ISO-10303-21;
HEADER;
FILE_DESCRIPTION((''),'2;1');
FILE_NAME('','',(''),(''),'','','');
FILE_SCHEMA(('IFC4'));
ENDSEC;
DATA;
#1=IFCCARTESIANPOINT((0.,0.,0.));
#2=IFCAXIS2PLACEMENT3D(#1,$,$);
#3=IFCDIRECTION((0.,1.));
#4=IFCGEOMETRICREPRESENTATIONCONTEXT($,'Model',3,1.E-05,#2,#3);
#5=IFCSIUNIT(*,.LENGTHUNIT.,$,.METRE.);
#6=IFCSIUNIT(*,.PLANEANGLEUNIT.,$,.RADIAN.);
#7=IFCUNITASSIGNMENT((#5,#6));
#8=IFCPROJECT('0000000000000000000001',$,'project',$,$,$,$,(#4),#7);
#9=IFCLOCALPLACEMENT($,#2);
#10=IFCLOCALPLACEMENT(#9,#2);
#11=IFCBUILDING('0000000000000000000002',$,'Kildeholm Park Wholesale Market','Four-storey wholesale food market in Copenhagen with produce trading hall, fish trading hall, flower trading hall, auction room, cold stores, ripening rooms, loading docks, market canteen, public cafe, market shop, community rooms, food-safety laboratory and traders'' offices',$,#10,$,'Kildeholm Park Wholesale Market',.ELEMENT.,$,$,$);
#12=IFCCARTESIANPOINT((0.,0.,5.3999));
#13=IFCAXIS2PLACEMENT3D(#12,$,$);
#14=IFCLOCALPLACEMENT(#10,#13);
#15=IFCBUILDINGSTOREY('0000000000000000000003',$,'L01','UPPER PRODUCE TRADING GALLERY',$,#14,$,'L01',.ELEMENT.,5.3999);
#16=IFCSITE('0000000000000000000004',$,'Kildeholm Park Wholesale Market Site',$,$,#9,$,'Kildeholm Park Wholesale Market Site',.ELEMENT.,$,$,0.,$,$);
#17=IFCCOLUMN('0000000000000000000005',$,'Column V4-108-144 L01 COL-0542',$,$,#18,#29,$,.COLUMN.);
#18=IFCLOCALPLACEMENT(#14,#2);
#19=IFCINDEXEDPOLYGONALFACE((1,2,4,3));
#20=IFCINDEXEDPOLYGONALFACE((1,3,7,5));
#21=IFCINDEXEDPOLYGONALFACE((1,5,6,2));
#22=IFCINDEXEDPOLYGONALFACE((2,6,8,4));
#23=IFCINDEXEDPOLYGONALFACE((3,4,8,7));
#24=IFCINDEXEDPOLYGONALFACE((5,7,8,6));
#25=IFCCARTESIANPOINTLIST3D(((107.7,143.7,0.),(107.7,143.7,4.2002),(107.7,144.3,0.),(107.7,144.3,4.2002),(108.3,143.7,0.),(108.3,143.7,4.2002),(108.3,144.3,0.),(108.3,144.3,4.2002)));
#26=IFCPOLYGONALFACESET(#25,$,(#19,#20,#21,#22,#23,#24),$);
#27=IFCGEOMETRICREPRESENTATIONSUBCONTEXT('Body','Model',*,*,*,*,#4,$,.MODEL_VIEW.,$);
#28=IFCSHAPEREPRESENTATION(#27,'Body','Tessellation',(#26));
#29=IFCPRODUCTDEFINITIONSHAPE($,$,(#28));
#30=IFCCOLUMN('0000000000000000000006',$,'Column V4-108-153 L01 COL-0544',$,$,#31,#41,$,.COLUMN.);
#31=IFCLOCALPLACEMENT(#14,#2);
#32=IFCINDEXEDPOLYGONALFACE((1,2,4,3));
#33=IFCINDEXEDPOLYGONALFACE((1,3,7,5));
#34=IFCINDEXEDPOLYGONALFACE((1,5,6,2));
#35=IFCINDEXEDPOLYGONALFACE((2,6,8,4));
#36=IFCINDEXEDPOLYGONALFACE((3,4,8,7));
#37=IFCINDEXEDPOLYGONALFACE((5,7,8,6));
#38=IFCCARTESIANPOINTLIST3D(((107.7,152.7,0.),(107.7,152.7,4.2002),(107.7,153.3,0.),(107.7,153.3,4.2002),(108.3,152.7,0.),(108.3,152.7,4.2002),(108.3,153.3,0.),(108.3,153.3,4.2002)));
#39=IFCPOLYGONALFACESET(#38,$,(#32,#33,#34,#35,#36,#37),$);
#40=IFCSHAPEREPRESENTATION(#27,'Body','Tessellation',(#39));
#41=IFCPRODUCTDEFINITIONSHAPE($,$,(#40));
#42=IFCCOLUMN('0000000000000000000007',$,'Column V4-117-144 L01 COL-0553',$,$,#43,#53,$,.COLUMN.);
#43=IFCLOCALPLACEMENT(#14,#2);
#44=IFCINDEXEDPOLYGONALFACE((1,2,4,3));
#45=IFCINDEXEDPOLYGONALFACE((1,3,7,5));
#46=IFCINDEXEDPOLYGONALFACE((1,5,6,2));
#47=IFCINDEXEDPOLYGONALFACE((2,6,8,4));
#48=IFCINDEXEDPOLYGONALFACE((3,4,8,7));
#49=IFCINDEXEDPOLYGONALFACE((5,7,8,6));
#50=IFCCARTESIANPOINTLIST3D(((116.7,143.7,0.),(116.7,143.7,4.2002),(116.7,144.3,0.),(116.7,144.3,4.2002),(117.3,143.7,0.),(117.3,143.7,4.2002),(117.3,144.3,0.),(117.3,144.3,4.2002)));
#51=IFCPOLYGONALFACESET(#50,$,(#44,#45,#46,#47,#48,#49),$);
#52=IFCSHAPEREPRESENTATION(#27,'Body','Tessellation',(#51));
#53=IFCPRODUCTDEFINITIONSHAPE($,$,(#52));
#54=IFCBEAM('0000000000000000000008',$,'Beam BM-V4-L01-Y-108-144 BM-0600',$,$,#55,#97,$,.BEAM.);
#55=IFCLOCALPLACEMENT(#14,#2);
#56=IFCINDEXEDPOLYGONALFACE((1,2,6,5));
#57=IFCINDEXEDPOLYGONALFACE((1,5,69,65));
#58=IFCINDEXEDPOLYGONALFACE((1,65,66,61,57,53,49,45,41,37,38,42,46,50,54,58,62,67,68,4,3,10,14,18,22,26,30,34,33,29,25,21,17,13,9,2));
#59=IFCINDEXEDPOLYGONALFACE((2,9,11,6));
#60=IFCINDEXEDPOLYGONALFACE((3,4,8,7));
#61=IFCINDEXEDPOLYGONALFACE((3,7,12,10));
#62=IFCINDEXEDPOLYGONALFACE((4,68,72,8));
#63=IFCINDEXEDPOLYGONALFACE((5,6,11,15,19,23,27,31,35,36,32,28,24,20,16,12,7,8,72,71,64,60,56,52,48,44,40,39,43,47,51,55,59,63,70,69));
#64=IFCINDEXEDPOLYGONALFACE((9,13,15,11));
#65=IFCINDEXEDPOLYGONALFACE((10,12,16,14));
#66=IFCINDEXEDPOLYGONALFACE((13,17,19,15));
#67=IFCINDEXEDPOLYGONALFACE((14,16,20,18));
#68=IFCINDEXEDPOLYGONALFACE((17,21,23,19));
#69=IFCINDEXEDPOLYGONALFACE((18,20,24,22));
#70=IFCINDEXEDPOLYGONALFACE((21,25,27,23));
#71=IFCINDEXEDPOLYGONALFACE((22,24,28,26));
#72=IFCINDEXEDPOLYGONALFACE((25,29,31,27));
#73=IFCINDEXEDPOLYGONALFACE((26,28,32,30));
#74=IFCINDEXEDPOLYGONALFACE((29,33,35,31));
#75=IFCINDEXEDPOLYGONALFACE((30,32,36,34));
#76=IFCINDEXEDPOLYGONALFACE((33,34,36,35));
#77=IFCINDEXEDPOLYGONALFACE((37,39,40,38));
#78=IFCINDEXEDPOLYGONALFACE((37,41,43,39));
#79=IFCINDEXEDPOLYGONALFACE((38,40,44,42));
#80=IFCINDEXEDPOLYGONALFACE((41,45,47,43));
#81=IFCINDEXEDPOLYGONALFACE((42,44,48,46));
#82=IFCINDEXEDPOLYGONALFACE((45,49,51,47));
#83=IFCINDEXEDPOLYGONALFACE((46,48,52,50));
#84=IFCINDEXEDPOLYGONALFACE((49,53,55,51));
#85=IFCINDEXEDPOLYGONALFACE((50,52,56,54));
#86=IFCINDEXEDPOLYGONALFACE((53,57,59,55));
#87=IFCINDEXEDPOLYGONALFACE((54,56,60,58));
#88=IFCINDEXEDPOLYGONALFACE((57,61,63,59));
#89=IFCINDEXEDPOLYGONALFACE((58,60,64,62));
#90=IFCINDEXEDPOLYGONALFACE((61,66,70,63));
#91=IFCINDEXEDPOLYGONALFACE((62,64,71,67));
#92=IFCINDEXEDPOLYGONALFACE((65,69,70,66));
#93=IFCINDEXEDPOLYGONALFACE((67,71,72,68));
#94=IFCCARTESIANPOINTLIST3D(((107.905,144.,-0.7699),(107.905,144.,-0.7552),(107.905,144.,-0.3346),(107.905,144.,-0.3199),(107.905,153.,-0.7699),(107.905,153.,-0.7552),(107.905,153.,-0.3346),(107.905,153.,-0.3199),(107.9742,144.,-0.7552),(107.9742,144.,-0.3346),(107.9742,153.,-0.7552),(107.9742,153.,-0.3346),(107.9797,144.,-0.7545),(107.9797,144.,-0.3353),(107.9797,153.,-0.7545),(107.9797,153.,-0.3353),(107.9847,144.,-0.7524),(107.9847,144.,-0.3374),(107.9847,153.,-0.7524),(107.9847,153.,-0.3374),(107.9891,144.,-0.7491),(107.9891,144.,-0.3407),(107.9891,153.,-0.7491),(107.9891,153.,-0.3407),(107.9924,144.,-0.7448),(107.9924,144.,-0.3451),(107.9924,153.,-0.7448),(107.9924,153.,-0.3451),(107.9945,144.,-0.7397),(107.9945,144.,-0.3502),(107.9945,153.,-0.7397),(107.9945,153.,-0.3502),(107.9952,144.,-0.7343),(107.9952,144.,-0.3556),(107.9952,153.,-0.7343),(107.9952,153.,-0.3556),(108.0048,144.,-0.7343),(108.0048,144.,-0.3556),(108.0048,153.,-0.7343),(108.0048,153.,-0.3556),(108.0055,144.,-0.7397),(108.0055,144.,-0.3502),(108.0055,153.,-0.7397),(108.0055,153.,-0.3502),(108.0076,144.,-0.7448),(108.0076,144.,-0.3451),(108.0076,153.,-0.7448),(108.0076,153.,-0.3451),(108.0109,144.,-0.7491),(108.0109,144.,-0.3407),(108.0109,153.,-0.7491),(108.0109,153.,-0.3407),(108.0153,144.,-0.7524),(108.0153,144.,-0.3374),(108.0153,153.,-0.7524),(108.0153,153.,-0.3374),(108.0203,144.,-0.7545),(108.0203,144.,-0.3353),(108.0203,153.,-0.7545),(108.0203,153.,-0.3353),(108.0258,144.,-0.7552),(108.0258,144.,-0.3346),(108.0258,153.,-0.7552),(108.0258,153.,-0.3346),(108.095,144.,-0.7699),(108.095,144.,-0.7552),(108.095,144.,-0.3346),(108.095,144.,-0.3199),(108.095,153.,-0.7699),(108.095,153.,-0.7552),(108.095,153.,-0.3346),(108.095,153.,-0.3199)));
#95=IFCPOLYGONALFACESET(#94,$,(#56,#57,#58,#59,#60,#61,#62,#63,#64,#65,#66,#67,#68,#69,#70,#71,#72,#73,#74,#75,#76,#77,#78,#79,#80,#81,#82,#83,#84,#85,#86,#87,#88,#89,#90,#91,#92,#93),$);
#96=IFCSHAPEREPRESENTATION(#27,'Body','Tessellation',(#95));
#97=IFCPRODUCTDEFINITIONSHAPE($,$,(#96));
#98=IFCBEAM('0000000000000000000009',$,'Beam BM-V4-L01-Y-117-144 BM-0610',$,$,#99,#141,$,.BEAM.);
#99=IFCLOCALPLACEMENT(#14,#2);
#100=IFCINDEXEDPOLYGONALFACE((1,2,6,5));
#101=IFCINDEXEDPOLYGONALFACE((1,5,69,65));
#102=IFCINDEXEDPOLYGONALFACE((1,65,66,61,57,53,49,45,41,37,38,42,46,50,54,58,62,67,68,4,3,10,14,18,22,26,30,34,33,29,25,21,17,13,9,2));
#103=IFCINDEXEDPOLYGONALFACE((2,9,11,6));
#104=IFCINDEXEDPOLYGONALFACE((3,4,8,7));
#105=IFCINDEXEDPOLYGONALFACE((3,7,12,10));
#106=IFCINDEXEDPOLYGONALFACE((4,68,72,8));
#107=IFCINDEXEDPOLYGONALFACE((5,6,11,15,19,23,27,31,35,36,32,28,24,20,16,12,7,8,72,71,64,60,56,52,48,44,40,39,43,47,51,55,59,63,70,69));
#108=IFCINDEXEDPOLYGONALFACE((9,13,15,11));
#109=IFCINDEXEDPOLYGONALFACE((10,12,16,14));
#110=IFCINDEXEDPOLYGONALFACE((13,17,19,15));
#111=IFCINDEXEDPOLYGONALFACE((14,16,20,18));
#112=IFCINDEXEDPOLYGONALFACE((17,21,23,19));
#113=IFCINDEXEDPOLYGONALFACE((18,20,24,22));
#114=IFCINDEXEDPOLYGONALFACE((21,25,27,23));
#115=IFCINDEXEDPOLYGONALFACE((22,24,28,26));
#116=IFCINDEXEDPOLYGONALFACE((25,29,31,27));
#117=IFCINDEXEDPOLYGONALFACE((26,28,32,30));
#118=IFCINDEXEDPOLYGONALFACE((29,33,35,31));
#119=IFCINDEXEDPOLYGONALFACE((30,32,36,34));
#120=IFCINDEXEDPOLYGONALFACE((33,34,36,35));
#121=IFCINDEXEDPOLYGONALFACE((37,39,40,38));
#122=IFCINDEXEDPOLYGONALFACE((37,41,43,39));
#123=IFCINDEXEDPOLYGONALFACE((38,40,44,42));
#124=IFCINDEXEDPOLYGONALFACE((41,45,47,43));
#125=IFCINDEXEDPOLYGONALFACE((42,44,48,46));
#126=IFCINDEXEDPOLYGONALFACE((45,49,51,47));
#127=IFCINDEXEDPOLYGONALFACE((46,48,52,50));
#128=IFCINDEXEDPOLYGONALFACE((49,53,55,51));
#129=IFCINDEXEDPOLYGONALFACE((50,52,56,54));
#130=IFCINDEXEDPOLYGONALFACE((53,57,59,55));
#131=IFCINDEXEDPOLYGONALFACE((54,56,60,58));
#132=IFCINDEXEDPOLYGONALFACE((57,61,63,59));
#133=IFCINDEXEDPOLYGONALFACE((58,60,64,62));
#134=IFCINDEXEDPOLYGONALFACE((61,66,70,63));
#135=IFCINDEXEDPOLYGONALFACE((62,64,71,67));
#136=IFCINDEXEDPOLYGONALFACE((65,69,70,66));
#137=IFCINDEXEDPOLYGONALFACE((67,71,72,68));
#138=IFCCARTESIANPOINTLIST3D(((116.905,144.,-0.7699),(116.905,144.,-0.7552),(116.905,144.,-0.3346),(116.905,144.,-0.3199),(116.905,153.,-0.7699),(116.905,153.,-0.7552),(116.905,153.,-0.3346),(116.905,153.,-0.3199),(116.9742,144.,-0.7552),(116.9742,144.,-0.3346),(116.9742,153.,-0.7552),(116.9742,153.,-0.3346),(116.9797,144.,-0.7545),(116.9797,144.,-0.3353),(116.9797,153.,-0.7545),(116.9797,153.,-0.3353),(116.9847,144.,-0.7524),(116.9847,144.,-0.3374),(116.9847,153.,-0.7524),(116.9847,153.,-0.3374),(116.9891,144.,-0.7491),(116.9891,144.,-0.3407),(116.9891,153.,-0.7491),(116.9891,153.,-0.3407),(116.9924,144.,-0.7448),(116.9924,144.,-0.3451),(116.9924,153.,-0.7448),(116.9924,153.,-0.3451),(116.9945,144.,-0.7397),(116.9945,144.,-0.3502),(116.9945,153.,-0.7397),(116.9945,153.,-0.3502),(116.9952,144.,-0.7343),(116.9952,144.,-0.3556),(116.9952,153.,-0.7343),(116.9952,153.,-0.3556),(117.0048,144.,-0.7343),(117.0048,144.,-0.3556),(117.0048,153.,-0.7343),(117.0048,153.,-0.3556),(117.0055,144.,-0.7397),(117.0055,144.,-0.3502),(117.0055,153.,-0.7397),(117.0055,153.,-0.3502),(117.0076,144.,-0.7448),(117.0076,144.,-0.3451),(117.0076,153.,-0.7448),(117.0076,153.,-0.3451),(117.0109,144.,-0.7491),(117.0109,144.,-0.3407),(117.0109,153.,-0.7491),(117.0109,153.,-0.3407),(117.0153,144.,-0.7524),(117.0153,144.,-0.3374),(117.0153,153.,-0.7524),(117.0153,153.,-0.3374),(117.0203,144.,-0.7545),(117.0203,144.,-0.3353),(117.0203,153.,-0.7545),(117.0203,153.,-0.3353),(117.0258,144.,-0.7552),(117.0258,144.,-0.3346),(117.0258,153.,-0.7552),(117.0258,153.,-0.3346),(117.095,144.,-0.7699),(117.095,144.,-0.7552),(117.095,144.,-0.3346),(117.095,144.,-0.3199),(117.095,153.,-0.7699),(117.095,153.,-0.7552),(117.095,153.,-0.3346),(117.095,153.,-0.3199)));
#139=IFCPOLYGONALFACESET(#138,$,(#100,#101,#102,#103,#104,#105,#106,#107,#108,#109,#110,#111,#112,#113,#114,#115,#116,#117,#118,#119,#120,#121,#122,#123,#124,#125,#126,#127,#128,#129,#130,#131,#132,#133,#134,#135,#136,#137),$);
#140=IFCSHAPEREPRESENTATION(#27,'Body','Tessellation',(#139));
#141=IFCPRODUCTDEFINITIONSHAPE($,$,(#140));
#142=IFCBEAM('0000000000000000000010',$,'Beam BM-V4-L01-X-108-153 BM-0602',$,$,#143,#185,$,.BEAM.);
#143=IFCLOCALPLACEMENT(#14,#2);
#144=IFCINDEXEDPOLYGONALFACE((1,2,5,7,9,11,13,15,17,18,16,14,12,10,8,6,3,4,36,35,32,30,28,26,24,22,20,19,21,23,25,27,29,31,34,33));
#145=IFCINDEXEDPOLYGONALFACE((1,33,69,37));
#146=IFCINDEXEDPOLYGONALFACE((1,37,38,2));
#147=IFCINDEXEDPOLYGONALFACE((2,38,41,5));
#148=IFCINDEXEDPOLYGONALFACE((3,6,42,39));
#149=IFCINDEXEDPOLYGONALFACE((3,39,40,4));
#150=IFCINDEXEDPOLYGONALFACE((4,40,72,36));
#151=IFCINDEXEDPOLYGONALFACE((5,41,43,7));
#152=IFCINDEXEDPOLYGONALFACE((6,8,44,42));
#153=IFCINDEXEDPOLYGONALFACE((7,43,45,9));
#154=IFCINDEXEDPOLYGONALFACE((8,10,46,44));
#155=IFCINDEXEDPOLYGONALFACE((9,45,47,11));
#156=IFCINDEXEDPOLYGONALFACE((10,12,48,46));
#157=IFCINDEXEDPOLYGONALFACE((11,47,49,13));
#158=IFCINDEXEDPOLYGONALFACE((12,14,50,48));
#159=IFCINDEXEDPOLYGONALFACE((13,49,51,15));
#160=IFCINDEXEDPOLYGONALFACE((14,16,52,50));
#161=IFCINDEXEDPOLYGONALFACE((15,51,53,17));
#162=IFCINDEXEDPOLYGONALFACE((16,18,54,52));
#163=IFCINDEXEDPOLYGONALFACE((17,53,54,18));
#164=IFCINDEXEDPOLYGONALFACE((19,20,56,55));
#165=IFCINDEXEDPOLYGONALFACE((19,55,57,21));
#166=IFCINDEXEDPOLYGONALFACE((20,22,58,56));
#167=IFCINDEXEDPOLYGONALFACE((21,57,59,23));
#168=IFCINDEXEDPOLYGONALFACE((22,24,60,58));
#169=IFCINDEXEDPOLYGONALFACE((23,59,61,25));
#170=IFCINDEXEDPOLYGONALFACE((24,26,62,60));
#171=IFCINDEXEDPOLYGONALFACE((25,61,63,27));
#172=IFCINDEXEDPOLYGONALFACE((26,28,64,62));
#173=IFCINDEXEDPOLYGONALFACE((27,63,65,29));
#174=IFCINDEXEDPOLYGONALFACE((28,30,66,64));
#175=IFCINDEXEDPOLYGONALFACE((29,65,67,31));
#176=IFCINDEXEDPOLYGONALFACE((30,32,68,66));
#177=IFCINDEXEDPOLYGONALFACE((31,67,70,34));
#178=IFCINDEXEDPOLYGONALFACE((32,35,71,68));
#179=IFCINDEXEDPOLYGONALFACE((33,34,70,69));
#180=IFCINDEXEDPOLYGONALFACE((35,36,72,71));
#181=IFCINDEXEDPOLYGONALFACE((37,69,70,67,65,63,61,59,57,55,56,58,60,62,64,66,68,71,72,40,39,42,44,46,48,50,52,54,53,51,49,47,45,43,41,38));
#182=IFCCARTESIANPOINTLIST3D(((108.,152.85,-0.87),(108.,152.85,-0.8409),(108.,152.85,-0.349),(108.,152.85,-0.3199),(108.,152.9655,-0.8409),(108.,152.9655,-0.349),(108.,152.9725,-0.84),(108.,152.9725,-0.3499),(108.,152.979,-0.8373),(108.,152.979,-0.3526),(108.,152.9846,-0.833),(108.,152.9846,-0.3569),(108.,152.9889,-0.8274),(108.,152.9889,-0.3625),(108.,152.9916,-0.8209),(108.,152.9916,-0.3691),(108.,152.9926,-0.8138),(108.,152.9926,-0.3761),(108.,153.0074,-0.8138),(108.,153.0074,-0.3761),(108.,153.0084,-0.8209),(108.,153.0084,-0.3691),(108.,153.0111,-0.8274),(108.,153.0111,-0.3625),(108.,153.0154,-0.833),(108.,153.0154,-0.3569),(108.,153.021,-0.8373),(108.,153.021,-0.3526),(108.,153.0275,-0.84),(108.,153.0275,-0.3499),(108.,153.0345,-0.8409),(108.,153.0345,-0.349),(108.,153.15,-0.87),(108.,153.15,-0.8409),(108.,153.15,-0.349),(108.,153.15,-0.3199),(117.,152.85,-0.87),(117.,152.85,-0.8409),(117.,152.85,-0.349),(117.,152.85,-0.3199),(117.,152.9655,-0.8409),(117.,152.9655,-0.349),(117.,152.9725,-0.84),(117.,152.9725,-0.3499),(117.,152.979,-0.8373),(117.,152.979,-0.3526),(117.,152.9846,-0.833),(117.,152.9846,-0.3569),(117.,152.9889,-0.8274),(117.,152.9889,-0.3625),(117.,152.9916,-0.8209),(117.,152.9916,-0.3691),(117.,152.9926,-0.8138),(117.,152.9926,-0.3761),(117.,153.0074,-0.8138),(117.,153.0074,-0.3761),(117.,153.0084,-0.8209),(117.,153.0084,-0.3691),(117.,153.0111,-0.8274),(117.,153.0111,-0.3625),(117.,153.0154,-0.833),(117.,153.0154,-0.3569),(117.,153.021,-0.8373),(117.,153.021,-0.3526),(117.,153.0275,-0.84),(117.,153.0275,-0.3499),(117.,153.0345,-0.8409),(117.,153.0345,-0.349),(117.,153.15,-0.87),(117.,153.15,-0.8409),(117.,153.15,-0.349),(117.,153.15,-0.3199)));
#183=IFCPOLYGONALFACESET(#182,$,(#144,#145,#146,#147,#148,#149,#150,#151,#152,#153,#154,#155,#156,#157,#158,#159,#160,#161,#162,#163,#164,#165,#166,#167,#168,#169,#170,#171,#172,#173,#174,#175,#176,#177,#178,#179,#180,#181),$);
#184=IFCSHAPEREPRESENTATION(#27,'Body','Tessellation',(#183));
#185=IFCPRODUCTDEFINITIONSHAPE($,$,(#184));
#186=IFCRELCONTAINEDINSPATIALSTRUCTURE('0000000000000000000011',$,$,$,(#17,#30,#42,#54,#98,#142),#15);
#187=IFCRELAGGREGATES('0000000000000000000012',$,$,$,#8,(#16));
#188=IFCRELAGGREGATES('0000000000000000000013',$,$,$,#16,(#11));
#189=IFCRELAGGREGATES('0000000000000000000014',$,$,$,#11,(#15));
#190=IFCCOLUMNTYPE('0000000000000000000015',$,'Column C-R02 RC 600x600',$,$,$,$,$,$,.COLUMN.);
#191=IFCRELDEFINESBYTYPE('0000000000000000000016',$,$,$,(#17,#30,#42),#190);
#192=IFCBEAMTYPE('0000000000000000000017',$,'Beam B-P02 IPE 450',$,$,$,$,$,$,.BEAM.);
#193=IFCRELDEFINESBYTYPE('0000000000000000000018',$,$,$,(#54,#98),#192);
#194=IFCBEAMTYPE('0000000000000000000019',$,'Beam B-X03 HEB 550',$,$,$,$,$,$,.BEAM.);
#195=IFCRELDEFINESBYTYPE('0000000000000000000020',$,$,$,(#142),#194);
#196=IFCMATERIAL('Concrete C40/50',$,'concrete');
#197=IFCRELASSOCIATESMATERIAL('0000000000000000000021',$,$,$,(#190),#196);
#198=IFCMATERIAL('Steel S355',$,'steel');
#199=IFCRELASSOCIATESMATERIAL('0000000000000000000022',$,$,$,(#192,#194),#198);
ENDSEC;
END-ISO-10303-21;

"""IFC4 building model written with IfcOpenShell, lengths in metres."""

from ifc_helpers import new_model, si_unit, direction, frame, origin, origin_2d, place, context, subcontext, project, spatial, rectangle, i_section, extrude, material, material_profile, profile_set, type_object, element, save


model = new_model("IFC4")

# Units and contexts
model_context = context("Model", 3, precision=1e-05, world=origin(), true_north=direction((0.0, 1.0)))
body_context = subcontext(model_context, "Body", "Model", "MODEL_VIEW")
ifc_project = project(units=[si_unit("LENGTHUNIT", "METRE"), si_unit("PLANEANGLEUNIT", "RADIAN")], contexts=[model_context])

# Site, building, storey
site_placement = place(None, origin())
site = spatial("IfcSite", under=ifc_project, at=site_placement, Name="Kildeholm Park Wholesale Market Site", LongName="Kildeholm Park Wholesale Market Site", CompositionType="ELEMENT", RefElevation=0.0)
building_placement = place(site_placement, origin())
building = spatial("IfcBuilding", under=site, at=building_placement, Name="Kildeholm Park Wholesale Market", Description="Four-storey wholesale food market in Copenhagen with produce trading hall, fish trading hall, flower trading hall, auction room, cold stores, ripening rooms, loading docks, market canteen, public cafe, market shop, community rooms, food-safety laboratory and traders' offices", LongName="Kildeholm Park Wholesale Market", CompositionType="ELEMENT")
storey_placement = place(building_placement, frame((0.0, 0.0, 5.3999)))
storey = spatial("IfcBuildingStorey", under=building, at=storey_placement, Name="L01", Description="UPPER PRODUCE TRADING GALLERY", LongName="L01", CompositionType="ELEMENT", Elevation=5.3999)

# Columns
ifc_material_1 = material(Name="Concrete C40/50", Category="concrete")
ifc_material_profile_1 = material_profile(ifc_material_1, rectangle(XDim=0.6001, YDim=0.6001, at=origin_2d()), Name="RC 600x600")
ifc_profile_set_1 = profile_set([ifc_material_profile_1], Name="Concrete C40/50")
column_type = type_object("IfcColumnType", Name="Column C-R02 RC 600x600", PredefinedType="COLUMN", material=ifc_profile_set_1)
for number, where, z_axis, x_axis, name in (
    (1, (108.0, 144.0, 0.0), (0.0, 0.0, 1.0), (1.0, 0.0, 0.0), "Column V4-108-144 L01 COL-0542"),
    (2, (108.0, 153.0, 0.0), (0.0, 0.0, 1.0), (1.0, 0.0, 0.0), "Column V4-108-153 L01 COL-0544"),
    (3, (117.0, 144.0, 0.0), (0.0, 0.0, 1.0), (1.0, 0.0, 0.0), "Column V4-117-144 L01 COL-0553"),
):
    element("IfcColumn", number, at=place(storey_placement, frame(where, z_axis=z_axis, x_axis=x_axis)), inside=storey, type_object=column_type, Name=name, PredefinedType="COLUMN", context=body_context, shape_type="SweptSolid", body=[
        extrude(rectangle(XDim=0.6001, YDim=0.6001, at=origin_2d()), origin(), (0.0, 0.0, 1.0), 4.2002),
    ])

# Beams
ifc_material_2 = material(Name="Steel S355", Category="steel")
ifc_material_profile_2 = material_profile(ifc_material_2, i_section(OverallWidth=0.1899, OverallDepth=0.45, WebThickness=0.0095, FlangeThickness=0.0146, FilletRadius=0.021, at=origin_2d()), Name="IPE 450")
ifc_profile_set_2 = profile_set([ifc_material_profile_2], Name="Steel S355")
beam_type_1 = type_object("IfcBeamType", Name="Beam B-P02 IPE 450", PredefinedType="BEAM", material=ifc_profile_set_2)
for number, where, z_axis, x_axis, name in (
    (4, (108.0, 144.0, -0.5449), (0.0, 1.0, 0.0), (-1.0, 0.0, 0.0), "Beam BM-V4-L01-Y-108-144 BM-0600"),
    (5, (117.0, 144.0, -0.5449), (0.0, 1.0, 0.0), (-1.0, 0.0, 0.0), "Beam BM-V4-L01-Y-117-144 BM-0610"),
):
    element("IfcBeam", number, at=place(storey_placement, frame(where, z_axis=z_axis, x_axis=x_axis)), inside=storey, type_object=beam_type_1, Name=name, PredefinedType="BEAM", context=body_context, shape_type="SweptSolid", body=[
        extrude(i_section(OverallWidth=0.1899, OverallDepth=0.45, WebThickness=0.0095, FlangeThickness=0.0146, FilletRadius=0.021, at=origin_2d()), origin(), (0.0, 0.0, 1.0), 9.0),
    ])
ifc_material_profile_3 = material_profile(ifc_material_2, i_section(OverallWidth=0.3, OverallDepth=0.55, WebThickness=0.0149, FlangeThickness=0.0291, FilletRadius=0.0271, at=origin_2d()), Name="HEB 550")
ifc_profile_set_3 = profile_set([ifc_material_profile_3], Name="Steel S355")
beam_type_2 = type_object("IfcBeamType", Name="Beam B-X03 HEB 550", PredefinedType="BEAM", material=ifc_profile_set_3)
beam_1_placement = place(storey_placement, frame((108.0, 153.0, -0.595), z_axis=(1.0, 0.0, 0.0), x_axis=(0.0, 1.0, 0.0)))
element("IfcBeam", 6, at=beam_1_placement, inside=storey, type_object=beam_type_2, Name="Beam BM-V4-L01-X-108-153 BM-0602", PredefinedType="BEAM", context=body_context, shape_type="SweptSolid", body=[
    extrude(i_section(OverallWidth=0.3, OverallDepth=0.55, WebThickness=0.0149, FlangeThickness=0.0291, FilletRadius=0.0271, at=origin_2d()), origin(), (0.0, 0.0, 1.0), 9.0),
])

save(model, "model.ifc")
